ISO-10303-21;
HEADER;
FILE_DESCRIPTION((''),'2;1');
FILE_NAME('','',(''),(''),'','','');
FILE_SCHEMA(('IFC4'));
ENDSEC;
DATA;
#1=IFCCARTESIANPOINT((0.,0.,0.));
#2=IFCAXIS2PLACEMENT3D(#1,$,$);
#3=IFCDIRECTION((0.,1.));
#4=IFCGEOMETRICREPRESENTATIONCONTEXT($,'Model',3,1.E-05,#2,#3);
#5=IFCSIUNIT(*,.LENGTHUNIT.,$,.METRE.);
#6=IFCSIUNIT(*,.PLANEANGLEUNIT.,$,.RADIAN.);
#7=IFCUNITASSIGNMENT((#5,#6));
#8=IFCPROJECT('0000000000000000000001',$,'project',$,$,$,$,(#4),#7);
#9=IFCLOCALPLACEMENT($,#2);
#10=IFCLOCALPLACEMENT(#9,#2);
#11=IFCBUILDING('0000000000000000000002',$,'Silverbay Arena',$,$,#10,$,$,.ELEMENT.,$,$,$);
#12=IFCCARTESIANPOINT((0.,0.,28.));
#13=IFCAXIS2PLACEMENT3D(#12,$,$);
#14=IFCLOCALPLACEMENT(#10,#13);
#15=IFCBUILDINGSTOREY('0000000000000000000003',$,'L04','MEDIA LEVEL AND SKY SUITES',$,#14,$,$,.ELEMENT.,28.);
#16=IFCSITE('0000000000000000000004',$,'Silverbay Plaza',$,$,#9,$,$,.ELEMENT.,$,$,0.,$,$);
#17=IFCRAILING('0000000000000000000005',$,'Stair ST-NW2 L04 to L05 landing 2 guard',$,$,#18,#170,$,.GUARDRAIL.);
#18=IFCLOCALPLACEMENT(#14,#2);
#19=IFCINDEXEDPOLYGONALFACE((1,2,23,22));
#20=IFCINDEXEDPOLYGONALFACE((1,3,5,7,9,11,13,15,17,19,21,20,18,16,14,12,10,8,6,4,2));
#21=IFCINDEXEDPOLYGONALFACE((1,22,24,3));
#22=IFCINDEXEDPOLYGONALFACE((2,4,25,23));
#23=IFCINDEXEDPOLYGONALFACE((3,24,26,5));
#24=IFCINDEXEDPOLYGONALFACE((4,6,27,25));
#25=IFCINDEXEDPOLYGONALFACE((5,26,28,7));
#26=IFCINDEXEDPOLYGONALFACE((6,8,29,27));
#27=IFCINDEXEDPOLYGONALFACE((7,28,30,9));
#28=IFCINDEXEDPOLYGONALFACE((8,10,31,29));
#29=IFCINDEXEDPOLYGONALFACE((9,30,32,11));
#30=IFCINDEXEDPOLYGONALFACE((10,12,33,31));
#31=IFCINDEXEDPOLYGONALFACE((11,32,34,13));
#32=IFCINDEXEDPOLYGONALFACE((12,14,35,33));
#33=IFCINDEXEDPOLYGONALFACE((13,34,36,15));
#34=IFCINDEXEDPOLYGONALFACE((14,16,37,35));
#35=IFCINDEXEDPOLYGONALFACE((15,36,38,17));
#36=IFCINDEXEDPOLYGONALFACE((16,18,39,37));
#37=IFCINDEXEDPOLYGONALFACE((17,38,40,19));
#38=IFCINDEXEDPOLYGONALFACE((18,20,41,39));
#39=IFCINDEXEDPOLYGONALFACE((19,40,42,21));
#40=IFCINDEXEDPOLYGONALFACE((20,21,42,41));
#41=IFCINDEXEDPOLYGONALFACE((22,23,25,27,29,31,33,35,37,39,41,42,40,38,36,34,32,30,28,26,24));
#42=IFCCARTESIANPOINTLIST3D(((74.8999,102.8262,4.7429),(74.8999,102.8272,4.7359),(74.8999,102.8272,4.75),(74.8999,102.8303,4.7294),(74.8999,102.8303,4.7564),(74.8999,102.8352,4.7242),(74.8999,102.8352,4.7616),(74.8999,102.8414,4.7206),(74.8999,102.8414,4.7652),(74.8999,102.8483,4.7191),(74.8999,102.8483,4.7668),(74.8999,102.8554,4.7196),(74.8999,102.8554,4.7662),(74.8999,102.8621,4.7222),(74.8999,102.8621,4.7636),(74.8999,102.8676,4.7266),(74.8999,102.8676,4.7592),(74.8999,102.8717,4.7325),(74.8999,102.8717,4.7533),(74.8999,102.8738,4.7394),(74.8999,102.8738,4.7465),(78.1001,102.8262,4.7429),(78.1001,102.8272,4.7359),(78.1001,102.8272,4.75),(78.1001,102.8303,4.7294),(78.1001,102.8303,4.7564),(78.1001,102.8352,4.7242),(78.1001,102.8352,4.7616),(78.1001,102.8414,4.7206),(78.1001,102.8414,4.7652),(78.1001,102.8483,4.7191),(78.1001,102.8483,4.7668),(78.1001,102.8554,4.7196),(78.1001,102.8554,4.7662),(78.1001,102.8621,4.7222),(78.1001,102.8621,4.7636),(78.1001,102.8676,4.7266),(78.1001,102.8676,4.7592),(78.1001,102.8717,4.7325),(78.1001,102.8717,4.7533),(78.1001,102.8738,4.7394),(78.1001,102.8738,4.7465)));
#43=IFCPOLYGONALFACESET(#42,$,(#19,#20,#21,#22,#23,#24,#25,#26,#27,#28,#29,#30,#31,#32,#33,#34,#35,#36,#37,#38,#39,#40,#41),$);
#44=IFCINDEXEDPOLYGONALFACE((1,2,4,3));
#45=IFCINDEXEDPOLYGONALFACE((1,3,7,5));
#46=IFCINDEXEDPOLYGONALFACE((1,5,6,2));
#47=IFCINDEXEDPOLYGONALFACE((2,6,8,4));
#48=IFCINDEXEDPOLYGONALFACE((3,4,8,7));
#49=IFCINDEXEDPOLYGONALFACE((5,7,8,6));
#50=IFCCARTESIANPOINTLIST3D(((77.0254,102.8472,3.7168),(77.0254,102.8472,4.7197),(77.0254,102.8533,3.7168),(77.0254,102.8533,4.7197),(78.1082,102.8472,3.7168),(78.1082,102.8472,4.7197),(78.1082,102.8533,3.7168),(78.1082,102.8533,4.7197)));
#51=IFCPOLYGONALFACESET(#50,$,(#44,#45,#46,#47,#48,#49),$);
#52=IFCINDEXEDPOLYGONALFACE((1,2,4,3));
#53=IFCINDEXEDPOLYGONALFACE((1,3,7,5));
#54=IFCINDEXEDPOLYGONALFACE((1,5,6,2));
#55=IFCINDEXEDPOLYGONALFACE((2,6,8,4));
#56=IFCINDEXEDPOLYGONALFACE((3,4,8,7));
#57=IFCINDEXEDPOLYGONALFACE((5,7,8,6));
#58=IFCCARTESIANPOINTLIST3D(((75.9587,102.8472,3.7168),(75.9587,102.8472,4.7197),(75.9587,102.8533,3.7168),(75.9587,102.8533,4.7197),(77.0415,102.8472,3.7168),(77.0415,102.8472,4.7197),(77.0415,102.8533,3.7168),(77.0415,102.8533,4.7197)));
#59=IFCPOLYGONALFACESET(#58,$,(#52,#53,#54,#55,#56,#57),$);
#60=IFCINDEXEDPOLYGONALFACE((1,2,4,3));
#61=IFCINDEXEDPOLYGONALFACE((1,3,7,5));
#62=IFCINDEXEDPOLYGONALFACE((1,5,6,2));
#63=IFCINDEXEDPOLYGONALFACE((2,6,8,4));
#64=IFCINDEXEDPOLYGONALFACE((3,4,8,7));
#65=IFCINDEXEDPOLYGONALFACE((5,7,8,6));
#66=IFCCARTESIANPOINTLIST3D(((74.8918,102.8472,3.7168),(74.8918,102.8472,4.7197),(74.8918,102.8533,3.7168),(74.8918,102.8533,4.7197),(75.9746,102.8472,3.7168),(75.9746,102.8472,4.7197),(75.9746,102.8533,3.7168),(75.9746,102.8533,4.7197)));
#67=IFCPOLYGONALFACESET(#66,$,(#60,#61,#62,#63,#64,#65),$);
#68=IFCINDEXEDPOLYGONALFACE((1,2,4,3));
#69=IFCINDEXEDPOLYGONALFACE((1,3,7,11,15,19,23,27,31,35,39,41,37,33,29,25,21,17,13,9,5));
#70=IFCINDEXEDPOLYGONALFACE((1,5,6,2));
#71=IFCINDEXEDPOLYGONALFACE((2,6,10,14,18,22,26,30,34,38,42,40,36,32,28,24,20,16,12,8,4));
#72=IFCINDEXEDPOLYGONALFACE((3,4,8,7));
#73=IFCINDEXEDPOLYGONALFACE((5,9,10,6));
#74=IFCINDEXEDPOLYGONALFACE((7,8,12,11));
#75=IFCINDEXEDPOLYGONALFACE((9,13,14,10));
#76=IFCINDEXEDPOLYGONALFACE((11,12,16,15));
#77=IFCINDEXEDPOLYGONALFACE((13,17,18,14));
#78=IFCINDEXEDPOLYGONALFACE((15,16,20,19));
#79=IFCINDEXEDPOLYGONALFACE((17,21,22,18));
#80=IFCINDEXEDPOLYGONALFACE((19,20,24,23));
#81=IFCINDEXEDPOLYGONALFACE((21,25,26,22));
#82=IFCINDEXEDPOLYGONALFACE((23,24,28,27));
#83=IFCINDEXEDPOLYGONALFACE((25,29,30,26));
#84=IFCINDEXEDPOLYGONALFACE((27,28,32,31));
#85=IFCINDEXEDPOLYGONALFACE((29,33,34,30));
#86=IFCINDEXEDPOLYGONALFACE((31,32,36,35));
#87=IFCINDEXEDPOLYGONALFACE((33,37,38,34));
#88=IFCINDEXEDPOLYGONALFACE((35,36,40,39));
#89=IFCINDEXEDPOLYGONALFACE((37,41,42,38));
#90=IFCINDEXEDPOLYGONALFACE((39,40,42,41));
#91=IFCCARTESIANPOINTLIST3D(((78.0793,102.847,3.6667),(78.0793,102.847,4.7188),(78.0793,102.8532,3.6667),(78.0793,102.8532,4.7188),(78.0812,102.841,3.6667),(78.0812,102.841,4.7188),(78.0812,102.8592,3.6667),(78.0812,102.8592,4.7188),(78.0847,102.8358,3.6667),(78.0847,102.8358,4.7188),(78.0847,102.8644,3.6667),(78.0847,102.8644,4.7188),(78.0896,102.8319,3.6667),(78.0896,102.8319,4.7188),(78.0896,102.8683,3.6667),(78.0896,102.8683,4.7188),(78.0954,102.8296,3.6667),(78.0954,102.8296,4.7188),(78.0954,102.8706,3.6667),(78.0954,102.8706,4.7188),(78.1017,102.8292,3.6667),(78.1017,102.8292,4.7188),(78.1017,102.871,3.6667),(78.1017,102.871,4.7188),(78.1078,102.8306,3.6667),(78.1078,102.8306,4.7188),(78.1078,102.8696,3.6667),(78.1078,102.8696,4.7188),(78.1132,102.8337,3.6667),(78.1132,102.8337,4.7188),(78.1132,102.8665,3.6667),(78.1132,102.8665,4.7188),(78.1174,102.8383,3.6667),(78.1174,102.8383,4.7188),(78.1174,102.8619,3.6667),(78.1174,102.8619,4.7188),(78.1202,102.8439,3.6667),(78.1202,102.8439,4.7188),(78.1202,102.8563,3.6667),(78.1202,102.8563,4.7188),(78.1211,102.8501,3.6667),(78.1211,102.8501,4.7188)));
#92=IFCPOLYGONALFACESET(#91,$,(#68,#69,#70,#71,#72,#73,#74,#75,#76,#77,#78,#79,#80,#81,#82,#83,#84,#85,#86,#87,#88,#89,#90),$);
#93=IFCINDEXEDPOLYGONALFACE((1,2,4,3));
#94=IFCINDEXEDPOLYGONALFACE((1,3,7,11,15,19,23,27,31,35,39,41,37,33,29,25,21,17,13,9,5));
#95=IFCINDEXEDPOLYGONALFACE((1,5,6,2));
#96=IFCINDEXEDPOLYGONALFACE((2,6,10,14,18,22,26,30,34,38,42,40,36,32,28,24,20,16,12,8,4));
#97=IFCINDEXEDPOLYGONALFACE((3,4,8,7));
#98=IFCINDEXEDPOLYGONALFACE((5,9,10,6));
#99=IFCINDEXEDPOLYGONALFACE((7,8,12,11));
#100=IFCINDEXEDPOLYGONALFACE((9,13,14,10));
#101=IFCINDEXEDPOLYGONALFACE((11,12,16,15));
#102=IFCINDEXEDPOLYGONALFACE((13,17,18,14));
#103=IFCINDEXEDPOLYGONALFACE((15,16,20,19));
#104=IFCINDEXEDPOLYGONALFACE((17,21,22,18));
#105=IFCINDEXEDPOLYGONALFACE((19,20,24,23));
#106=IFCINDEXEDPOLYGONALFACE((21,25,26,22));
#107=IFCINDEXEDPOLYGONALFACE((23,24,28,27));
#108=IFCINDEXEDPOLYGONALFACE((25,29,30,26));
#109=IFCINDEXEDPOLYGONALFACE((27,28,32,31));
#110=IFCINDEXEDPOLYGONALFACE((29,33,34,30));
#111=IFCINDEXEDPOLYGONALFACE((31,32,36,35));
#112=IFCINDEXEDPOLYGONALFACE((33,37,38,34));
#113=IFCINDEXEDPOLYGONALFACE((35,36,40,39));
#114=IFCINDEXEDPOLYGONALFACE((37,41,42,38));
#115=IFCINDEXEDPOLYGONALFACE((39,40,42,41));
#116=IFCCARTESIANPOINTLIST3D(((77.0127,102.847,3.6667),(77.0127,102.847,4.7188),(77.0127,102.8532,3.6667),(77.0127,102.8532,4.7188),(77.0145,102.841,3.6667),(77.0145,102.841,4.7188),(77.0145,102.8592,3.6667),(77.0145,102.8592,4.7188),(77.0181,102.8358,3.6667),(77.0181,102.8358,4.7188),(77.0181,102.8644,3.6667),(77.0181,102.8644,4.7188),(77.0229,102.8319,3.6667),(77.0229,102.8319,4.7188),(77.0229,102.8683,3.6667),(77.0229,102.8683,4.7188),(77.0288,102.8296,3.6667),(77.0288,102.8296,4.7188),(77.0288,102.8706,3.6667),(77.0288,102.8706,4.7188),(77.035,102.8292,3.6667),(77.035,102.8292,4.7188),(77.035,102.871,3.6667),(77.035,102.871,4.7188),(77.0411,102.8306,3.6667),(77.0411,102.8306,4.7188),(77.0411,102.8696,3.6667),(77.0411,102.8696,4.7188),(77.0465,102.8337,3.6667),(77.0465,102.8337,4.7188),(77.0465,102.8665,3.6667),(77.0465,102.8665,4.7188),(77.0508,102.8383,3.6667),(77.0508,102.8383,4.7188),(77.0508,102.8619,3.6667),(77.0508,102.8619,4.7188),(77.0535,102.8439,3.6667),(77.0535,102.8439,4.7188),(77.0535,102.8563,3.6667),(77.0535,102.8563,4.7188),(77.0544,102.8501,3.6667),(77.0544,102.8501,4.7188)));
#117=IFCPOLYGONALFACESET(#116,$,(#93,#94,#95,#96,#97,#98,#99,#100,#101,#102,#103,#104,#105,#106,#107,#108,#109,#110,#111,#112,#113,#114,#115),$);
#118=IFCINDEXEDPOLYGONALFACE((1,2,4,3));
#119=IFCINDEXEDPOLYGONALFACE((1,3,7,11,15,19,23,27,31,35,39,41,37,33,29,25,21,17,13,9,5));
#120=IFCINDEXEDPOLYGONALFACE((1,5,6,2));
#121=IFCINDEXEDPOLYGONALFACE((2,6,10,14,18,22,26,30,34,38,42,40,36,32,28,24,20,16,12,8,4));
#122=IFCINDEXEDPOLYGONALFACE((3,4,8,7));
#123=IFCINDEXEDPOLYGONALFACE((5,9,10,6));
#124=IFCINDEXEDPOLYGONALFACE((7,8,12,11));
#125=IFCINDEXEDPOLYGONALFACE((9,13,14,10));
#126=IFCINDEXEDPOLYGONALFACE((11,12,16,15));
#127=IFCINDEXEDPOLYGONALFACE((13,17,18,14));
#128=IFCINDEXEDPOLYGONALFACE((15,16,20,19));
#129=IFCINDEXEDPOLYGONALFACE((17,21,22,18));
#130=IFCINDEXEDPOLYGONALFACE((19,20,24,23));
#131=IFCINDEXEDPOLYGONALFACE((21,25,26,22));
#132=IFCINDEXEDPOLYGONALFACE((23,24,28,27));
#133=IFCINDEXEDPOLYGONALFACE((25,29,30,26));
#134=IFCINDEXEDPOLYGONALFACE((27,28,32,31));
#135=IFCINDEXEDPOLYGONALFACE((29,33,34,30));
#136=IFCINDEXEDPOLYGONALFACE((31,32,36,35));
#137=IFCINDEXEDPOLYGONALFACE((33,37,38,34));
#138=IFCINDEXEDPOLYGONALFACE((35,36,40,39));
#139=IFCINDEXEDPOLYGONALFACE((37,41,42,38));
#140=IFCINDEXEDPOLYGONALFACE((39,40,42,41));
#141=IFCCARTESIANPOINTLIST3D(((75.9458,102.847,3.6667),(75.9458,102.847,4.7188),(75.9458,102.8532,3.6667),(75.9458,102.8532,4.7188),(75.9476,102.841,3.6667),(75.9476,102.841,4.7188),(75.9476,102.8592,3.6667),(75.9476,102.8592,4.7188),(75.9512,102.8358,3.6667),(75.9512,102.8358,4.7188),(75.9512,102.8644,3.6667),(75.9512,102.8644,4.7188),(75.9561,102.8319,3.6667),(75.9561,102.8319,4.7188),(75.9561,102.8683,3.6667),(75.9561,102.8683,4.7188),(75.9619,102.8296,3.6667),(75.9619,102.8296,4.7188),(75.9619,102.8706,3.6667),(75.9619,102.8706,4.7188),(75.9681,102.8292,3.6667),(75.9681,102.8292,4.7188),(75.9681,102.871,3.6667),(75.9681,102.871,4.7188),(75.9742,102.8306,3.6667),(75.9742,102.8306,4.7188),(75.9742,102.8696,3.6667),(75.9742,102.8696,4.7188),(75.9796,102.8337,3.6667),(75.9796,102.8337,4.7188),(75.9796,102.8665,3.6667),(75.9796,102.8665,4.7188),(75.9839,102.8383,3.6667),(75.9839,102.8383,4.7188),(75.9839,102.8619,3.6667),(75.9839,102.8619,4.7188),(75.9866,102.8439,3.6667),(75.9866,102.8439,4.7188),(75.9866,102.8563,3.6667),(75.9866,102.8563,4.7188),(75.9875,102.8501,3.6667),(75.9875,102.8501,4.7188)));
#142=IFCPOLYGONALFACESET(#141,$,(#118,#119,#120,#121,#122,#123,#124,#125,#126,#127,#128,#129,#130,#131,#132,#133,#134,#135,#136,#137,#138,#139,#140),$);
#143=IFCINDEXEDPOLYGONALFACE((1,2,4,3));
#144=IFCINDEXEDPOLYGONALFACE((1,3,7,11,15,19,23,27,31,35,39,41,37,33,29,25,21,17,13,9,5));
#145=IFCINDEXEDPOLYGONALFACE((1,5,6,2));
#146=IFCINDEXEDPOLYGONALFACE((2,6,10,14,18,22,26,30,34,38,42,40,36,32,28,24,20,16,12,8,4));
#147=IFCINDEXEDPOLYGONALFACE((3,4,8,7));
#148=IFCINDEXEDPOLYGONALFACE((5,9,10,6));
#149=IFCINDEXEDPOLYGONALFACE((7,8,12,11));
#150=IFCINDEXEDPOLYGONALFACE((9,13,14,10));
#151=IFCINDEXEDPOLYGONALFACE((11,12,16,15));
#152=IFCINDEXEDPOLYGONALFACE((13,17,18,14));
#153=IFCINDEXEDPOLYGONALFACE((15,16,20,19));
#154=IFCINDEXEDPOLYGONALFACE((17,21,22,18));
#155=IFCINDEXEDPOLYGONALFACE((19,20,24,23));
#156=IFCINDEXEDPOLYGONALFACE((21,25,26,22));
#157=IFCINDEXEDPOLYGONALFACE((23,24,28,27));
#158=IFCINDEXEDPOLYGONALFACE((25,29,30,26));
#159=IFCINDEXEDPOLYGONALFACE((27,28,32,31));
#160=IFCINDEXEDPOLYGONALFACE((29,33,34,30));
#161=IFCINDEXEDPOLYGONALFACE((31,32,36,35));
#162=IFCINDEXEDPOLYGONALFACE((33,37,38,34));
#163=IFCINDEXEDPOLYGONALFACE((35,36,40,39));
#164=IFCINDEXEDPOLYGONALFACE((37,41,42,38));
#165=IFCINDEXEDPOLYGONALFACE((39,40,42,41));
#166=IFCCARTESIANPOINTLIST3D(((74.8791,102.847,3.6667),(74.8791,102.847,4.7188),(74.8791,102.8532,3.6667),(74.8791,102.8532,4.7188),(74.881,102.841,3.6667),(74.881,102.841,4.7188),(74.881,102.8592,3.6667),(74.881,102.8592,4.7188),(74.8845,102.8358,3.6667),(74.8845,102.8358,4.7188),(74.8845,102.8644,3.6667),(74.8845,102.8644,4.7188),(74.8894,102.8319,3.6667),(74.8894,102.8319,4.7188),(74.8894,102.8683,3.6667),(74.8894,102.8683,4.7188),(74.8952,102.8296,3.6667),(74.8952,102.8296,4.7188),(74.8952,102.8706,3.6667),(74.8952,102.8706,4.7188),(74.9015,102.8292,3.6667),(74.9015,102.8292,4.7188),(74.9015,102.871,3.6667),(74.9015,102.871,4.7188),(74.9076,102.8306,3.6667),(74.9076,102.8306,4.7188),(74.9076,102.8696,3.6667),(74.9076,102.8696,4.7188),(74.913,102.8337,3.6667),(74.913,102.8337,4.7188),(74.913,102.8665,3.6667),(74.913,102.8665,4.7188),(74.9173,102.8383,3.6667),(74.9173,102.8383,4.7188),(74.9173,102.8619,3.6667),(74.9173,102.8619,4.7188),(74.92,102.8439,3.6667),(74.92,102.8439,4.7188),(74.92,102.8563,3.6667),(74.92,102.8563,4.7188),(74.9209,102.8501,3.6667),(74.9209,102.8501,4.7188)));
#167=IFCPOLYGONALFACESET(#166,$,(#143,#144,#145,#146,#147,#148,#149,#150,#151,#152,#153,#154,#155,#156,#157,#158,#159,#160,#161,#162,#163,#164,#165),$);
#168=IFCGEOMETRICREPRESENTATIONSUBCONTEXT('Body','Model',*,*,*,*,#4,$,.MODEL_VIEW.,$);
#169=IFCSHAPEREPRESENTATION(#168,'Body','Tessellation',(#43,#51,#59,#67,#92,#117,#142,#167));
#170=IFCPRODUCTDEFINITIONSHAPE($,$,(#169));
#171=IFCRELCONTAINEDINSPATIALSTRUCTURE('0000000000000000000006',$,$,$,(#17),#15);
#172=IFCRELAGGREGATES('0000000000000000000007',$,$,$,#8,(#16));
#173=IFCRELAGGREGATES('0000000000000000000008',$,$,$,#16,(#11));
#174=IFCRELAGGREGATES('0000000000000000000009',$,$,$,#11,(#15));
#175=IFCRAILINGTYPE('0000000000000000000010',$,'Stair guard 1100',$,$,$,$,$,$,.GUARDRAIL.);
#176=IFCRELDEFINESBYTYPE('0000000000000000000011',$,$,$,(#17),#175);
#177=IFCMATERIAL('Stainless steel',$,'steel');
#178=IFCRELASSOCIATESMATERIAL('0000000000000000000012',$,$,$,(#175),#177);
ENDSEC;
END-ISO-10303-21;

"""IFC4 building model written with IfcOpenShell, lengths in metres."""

from ifc_helpers import new_model, si_unit, direction, frame, origin, origin_2d, place, context, subcontext, project, spatial, polyline, circle, outline, extrude, material, type_object, element, save


model = new_model("IFC4")

# Units and contexts
model_context = context("Model", 3, precision=1e-05, world=origin(), true_north=direction((0.0, 1.0)))
body_context = subcontext(model_context, "Body", "Model", "MODEL_VIEW")
ifc_project = project(units=[si_unit("LENGTHUNIT", "METRE"), si_unit("PLANEANGLEUNIT", "RADIAN")], contexts=[model_context])

# Site, building, storey
site_placement = place(None, origin())
site = spatial("IfcSite", under=ifc_project, at=site_placement, Name="Silverbay Plaza", CompositionType="ELEMENT", RefElevation=0.0)
building_placement = place(site_placement, origin())
building = spatial("IfcBuilding", under=site, at=building_placement, Name="Silverbay Arena", CompositionType="ELEMENT")
storey_placement = place(building_placement, frame((0.0, 0.0, 28.0)))
storey = spatial("IfcBuildingStorey", under=building, at=storey_placement, Name="L04", Description="MEDIA LEVEL AND SKY SUITES", CompositionType="ELEMENT", Elevation=28.0)

# Railing
ifc_material_1 = material(Name="Stainless steel", Category="steel")
railing_type_1 = type_object("IfcRailingType", Name="Stair guard 1100", PredefinedType="GUARDRAIL", material=ifc_material_1)
for number, where, name in (
    (1, (78.1001, 102.8501, 3.6667), "Stair ST-NW2 L04 to L05 landing 2 guard"),
):
    element("IfcRailing", number, at=place(storey_placement, frame(where)), inside=storey, type_object=railing_type_1, Name=name, PredefinedType="GUARDRAIL", context=body_context, shape_type="SweptSolid", body=[
        extrude(circle(Radius=0.0239, at=origin_2d()), frame((0.0, 0.0, 1.0762), z_axis=(-1.0, 0.0, 0.0), x_axis=(0.0, -1.0, 0.0)), (0.0, 0.0, 1.0), 3.2002),
        extrude(outline(polyline([(-0.0081, 0.05), (1.0747, 0.05), (1.0747, 1.053), (-0.0081, 1.053), (-0.0081, 0.05)])), frame((0.0, -0.0029, 0.0), z_axis=(0.0, 1.0, 0.0), x_axis=(-1.0, 0.0, 0.0)), (0.0, 0.0, 1.0), 0.0061),
        extrude(outline(polyline([(-0.0081, 0.05), (1.0747, 0.05), (1.0747, 1.053), (-0.0081, 1.053), (-0.0081, 0.05)])), frame((-1.0667, -0.0029, 0.0), z_axis=(0.0, 1.0, 0.0), x_axis=(-1.0, 0.0, 0.0)), (0.0, 0.0, 1.0), 0.0061),
        extrude(outline(polyline([(-0.0081, 0.05), (1.0747, 0.05), (1.0747, 1.053), (-0.0081, 1.053), (-0.0081, 0.05)])), frame((-2.1335, -0.0029, 0.0), z_axis=(0.0, 1.0, 0.0), x_axis=(-1.0, 0.0, 0.0)), (0.0, 0.0, 1.0), 0.0061),
        extrude(circle(Radius=0.021, at=origin_2d()), origin(), (0.0, 0.0, 1.0), 1.052),
        extrude(circle(Radius=0.021, at=origin_2d()), frame((-1.0667, 0.0, 0.0)), (0.0, 0.0, 1.0), 1.052),
        extrude(circle(Radius=0.021, at=origin_2d()), frame((-2.1335, 0.0, 0.0)), (0.0, 0.0, 1.0), 1.052),
        extrude(circle(Radius=0.021, at=origin_2d()), frame((-3.2002, 0.0, 0.0)), (0.0, 0.0, 1.0), 1.052),
    ])

save(model, "model.ifc")
